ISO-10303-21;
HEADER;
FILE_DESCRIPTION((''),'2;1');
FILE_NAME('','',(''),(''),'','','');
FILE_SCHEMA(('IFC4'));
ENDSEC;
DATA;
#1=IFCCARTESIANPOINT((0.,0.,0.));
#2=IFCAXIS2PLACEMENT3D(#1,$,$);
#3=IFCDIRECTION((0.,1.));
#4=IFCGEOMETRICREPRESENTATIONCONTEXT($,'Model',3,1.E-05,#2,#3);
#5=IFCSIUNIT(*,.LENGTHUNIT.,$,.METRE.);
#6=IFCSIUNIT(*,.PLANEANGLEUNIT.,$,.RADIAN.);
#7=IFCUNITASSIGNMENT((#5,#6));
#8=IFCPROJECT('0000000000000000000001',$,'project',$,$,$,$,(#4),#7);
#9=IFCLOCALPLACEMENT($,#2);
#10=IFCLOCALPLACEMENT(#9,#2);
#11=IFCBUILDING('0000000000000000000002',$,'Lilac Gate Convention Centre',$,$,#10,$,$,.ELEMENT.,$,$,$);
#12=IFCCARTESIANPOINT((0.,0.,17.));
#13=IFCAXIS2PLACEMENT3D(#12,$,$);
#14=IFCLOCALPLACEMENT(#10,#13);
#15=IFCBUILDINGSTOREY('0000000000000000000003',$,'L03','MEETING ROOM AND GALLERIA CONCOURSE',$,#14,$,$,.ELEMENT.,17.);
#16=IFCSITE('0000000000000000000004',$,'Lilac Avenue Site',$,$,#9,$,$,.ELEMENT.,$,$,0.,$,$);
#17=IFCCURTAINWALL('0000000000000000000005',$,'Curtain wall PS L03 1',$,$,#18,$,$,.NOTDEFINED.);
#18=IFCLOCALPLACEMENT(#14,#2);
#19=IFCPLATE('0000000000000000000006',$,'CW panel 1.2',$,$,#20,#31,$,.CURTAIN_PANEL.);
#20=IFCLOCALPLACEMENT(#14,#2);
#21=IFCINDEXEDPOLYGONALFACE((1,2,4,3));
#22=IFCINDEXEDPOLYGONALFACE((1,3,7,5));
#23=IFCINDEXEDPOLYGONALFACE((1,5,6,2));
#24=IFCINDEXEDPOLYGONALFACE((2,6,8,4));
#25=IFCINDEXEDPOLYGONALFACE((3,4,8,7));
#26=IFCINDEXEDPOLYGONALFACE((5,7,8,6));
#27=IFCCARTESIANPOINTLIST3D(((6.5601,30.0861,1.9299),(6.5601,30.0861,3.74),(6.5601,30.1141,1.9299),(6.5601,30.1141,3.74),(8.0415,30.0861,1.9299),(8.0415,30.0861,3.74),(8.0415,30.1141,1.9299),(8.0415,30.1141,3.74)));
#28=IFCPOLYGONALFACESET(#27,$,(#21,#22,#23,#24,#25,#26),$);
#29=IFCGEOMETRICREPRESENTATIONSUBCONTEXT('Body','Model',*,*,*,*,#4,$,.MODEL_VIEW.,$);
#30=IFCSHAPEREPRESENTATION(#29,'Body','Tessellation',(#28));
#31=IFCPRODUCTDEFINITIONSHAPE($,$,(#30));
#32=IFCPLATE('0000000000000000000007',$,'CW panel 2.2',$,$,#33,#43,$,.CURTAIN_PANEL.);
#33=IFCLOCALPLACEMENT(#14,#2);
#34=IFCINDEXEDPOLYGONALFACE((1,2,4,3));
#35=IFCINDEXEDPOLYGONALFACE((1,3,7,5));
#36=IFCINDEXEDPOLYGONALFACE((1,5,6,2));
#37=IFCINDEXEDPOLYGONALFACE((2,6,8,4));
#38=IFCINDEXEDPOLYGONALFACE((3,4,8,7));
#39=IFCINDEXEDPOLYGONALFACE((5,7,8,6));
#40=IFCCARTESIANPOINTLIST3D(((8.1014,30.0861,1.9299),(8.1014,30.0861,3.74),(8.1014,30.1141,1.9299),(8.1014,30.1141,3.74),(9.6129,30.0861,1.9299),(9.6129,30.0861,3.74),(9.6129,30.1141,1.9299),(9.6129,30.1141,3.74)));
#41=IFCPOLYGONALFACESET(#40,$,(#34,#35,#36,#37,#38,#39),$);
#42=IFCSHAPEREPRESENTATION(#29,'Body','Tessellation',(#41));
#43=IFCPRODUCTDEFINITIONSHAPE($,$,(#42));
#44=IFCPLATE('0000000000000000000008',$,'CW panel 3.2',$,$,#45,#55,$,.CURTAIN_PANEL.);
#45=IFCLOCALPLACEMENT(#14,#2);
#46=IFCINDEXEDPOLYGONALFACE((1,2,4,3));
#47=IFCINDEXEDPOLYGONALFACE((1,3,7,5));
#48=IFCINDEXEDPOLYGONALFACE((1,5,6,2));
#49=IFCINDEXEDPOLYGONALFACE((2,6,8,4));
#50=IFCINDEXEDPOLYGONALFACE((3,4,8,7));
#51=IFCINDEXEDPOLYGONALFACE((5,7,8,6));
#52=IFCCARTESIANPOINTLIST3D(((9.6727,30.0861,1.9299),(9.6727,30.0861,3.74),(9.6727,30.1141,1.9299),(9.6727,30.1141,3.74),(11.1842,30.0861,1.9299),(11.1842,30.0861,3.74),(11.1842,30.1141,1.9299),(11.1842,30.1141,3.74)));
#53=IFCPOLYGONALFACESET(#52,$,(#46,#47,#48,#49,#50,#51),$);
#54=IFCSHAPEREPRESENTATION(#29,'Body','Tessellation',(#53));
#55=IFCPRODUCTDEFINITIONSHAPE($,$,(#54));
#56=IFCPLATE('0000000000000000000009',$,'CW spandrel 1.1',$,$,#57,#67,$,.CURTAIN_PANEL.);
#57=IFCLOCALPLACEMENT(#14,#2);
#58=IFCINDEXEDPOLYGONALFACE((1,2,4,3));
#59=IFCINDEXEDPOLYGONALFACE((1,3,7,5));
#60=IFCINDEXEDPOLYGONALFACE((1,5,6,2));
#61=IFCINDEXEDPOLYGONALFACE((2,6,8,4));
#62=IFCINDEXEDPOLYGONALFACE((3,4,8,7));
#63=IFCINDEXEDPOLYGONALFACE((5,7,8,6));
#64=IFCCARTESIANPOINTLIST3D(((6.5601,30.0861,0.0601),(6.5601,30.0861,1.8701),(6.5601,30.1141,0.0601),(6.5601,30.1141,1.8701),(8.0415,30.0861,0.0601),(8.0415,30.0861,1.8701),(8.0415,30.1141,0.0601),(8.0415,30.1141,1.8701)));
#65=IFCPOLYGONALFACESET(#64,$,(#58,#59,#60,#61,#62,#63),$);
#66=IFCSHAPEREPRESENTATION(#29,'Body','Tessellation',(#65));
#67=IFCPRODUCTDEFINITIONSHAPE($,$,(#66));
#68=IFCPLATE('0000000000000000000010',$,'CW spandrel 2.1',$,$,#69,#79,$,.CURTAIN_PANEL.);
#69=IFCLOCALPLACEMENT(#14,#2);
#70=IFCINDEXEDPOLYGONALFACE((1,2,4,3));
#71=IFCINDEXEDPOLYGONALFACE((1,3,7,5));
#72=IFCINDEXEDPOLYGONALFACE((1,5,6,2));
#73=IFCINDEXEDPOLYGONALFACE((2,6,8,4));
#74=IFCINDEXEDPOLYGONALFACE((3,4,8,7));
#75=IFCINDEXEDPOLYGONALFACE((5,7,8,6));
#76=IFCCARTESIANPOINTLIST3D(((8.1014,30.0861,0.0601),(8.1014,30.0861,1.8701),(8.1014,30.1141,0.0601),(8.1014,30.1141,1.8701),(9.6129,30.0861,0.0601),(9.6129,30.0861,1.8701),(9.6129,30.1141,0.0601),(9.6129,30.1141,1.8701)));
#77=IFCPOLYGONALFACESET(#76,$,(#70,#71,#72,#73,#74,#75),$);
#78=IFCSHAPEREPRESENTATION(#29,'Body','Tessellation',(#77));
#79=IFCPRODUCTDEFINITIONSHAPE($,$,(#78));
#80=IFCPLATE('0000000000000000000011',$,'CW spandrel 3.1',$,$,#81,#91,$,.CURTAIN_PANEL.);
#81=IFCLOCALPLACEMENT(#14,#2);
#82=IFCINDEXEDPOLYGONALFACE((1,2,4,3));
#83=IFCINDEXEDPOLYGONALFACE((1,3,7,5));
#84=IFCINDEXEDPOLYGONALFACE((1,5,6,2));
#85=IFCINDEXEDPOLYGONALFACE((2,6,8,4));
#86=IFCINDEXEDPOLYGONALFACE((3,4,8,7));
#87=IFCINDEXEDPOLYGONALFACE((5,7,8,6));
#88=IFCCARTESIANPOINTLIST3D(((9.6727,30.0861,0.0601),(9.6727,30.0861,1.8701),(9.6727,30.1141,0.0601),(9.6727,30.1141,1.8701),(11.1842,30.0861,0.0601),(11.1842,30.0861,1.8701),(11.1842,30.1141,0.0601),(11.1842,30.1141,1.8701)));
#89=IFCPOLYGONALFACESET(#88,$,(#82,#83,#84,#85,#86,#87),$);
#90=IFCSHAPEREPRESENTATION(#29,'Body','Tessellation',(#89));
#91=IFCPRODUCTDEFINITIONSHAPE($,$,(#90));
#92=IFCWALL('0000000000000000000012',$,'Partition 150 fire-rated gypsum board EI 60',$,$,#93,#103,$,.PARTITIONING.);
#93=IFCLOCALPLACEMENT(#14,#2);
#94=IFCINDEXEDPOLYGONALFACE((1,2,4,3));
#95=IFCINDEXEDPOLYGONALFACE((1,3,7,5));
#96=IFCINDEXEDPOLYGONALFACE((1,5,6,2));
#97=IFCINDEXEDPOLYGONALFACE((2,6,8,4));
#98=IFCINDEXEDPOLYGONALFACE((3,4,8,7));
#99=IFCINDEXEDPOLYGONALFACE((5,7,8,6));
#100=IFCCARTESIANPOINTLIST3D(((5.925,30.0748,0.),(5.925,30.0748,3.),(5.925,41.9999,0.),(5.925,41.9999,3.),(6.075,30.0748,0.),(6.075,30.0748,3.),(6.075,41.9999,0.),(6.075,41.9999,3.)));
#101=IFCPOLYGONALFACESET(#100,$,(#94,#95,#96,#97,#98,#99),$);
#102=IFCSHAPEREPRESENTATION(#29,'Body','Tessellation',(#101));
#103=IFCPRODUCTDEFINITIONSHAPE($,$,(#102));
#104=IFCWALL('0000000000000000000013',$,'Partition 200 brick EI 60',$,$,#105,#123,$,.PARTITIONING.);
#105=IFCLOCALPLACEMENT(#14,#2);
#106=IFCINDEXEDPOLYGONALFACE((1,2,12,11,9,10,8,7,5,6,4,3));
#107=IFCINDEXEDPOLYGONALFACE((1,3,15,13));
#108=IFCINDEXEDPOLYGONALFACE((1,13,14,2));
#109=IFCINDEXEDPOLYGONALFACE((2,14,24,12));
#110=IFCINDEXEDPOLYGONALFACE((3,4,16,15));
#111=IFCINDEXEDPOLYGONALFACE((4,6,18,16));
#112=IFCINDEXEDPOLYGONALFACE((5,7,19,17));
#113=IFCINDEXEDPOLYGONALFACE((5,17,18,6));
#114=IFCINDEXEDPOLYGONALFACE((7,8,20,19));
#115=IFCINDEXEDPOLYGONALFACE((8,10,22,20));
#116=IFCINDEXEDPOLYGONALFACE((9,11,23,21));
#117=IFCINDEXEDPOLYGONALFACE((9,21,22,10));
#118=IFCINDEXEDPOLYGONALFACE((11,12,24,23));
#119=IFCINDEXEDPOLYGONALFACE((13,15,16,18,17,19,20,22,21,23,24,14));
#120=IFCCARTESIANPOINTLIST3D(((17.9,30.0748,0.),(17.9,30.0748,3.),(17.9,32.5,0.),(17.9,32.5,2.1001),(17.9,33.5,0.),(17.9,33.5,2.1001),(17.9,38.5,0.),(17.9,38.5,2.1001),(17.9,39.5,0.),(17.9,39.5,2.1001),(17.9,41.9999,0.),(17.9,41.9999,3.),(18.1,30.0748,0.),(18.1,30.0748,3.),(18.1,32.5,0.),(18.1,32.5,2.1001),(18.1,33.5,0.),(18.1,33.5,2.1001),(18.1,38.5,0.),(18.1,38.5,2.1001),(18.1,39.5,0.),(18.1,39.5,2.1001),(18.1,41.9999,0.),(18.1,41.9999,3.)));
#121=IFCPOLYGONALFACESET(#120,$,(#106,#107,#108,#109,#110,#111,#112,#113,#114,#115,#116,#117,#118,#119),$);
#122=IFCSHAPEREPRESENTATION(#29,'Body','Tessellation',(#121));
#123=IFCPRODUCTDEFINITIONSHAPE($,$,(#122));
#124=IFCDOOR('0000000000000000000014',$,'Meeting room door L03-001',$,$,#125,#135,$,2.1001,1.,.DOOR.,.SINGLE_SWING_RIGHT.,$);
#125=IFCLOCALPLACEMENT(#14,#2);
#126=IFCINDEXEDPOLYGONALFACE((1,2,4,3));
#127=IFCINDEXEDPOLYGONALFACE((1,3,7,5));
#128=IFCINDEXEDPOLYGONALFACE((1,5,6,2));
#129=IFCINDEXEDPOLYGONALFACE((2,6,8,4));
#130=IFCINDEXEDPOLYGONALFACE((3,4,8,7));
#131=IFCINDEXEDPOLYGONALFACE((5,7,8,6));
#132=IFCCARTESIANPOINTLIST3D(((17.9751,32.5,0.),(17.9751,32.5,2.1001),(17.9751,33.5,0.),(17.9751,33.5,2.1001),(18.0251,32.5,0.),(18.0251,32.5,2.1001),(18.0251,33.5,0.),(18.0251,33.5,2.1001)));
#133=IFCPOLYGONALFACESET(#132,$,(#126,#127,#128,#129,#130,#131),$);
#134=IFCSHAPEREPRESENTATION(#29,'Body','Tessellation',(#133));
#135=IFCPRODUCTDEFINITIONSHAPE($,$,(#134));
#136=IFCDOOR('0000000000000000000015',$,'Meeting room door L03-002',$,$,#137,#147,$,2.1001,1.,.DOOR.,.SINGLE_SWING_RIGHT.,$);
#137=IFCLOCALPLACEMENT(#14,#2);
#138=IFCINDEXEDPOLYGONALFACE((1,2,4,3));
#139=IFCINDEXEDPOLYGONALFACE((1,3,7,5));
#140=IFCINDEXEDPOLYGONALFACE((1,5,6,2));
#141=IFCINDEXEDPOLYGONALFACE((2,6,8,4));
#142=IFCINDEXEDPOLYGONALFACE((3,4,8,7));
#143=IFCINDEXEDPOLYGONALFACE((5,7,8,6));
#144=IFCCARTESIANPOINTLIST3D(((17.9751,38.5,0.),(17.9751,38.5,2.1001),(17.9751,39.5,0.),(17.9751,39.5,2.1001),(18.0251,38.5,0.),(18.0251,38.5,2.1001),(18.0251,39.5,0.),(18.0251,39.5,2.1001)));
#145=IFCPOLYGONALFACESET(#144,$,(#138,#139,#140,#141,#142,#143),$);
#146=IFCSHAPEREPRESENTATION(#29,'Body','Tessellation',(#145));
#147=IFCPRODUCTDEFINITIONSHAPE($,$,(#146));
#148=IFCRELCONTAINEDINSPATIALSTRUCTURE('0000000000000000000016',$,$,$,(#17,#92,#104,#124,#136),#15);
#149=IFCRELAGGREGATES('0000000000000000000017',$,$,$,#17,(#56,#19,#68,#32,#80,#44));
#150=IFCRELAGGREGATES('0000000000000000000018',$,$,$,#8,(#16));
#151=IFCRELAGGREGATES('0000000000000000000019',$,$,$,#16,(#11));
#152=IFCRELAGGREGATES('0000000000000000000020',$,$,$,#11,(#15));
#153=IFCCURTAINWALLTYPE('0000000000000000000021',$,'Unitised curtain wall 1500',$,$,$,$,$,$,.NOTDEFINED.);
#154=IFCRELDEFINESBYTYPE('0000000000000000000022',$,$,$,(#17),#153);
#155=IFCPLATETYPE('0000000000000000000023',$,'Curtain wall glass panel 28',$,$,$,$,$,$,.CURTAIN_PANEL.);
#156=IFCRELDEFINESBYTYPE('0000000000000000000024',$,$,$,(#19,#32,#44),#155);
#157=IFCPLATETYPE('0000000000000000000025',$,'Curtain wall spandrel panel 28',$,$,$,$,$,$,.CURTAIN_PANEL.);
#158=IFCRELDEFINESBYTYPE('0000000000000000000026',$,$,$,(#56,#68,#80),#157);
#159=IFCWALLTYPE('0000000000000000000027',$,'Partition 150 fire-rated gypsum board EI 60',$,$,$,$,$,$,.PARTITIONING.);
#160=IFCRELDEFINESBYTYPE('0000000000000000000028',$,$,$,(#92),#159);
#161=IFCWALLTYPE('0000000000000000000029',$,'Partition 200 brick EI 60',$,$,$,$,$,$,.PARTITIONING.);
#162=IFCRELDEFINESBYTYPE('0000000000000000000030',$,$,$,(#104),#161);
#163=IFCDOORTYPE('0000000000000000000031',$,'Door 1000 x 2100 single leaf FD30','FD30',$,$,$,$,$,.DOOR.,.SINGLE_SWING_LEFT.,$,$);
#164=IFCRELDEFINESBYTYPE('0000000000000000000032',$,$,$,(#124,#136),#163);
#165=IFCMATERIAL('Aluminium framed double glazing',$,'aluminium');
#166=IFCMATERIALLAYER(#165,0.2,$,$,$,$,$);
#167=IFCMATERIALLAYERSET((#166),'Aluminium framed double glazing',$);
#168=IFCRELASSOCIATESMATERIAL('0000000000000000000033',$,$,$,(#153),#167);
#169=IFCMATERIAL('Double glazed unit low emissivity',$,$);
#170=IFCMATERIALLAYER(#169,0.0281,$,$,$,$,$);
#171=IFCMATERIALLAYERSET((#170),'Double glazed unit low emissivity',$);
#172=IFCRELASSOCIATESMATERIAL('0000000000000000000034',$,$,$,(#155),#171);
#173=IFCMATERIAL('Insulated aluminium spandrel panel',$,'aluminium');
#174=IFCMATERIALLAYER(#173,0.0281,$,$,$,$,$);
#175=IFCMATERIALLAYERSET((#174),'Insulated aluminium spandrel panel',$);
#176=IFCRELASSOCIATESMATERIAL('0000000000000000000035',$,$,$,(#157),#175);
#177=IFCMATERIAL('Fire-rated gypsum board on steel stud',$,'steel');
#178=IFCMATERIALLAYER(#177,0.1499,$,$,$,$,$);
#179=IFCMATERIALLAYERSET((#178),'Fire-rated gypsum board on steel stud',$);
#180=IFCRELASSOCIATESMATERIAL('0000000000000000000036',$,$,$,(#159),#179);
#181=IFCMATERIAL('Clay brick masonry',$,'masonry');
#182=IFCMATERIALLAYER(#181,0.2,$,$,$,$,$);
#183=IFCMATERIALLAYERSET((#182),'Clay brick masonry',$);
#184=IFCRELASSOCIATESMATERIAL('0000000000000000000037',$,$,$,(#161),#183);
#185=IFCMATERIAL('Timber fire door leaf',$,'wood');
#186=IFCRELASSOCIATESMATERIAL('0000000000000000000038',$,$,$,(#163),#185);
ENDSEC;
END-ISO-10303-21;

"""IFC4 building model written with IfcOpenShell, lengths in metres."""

from ifc_helpers import new_model, si_unit, direction, frame, frame_2d, origin, origin_2d, place, context, subcontext, project, spatial, rectangle, extrude, material, layer, layer_set, type_object, element, fill, aggregate, save


model = new_model("IFC4")

# Units and contexts
model_context = context("Model", 3, precision=1e-05, world=origin(), true_north=direction((0.0, 1.0)))
body_context = subcontext(model_context, "Body", "Model", "MODEL_VIEW")
ifc_project = project(units=[si_unit("LENGTHUNIT", "METRE"), si_unit("PLANEANGLEUNIT", "RADIAN")], contexts=[model_context])

# Site, building, storey
site_placement = place(None, origin())
site = spatial("IfcSite", under=ifc_project, at=site_placement, Name="Lilac Avenue Site", CompositionType="ELEMENT", RefElevation=0.0)
building_placement = place(site_placement, origin())
building = spatial("IfcBuilding", under=site, at=building_placement, Name="Lilac Gate Convention Centre", CompositionType="ELEMENT")
storey_placement = place(building_placement, frame((0.0, 0.0, 17.0)))
storey = spatial("IfcBuildingStorey", under=building, at=storey_placement, Name="L03", Description="MEETING ROOM AND GALLERIA CONCOURSE", CompositionType="ELEMENT", Elevation=17.0)

# Curtain wall
ifc_material_1 = material(Name="Aluminium framed double glazing", Category="aluminium")
ifc_layer_1 = layer(ifc_material_1, 0.2)
ifc_layer_set_1 = layer_set([ifc_layer_1], Name="Aluminium framed double glazing")
curtain_wall_type = type_object("IfcCurtainWallType", Name="Unitised curtain wall 1500", PredefinedType="NOTDEFINED", material=ifc_layer_set_1)
curtain_wall_1_placement = place(storey_placement, origin())
curtain_wall_1 = element("IfcCurtainWall", 1, at=curtain_wall_1_placement, inside=storey, type_object=curtain_wall_type, Name="Curtain wall PS L03 1", PredefinedType="NOTDEFINED")

# Plates
ifc_material_2 = material(Name="Double glazed unit low emissivity")
ifc_layer_2 = layer(ifc_material_2, 0.0281)
ifc_layer_set_2 = layer_set([ifc_layer_2], Name="Double glazed unit low emissivity")
plate_type_1 = type_object("IfcPlateType", Name="Curtain wall glass panel 28", PredefinedType="CURTAIN_PANEL", material=ifc_layer_set_2)
plate_1_placement = place(storey_placement, frame((7.3008, 30.1001, 1.9299), z_axis=(0.0, 0.0, 1.0), x_axis=(1.0, 0.0, 0.0)))
plate_1 = element("IfcPlate", 2, at=plate_1_placement, type_object=plate_type_1, Name="CW panel 1.2", PredefinedType="CURTAIN_PANEL", context=body_context, shape_type="SweptSolid", body=[
    extrude(rectangle(XDim=1.4814, YDim=0.0281, at=origin_2d()), origin(), (0.0, 0.0, 1.0), 1.8101),
])
plate_2_placement = place(storey_placement, frame((8.8572, 30.1001, 1.9299), z_axis=(0.0, 0.0, 1.0), x_axis=(1.0, 0.0, 0.0)))
plate_2 = element("IfcPlate", 3, at=plate_2_placement, type_object=plate_type_1, Name="CW panel 2.2", PredefinedType="CURTAIN_PANEL", context=body_context, shape_type="SweptSolid", body=[
    extrude(rectangle(XDim=1.5115, YDim=0.0281, at=origin_2d()), origin(), (0.0, 0.0, 1.0), 1.8101),
])
plate_3_placement = place(storey_placement, frame((10.4285, 30.1001, 1.9299), z_axis=(0.0, 0.0, 1.0), x_axis=(1.0, 0.0, 0.0)))
plate_3 = element("IfcPlate", 4, at=plate_3_placement, type_object=plate_type_1, Name="CW panel 3.2", PredefinedType="CURTAIN_PANEL", context=body_context, shape_type="SweptSolid", body=[
    extrude(rectangle(XDim=1.5115, YDim=0.0281, at=origin_2d()), origin(), (0.0, 0.0, 1.0), 1.8101),
])
ifc_material_3 = material(Name="Insulated aluminium spandrel panel", Category="aluminium")
ifc_layer_3 = layer(ifc_material_3, 0.0281)
ifc_layer_set_3 = layer_set([ifc_layer_3], Name="Insulated aluminium spandrel panel")
plate_type_2 = type_object("IfcPlateType", Name="Curtain wall spandrel panel 28", PredefinedType="CURTAIN_PANEL", material=ifc_layer_set_3)
plate_4_placement = place(storey_placement, frame((7.3008, 30.1001, 0.0601), z_axis=(0.0, 0.0, 1.0), x_axis=(1.0, 0.0, 0.0)))
plate_4 = element("IfcPlate", 5, at=plate_4_placement, type_object=plate_type_2, Name="CW spandrel 1.1", PredefinedType="CURTAIN_PANEL", context=body_context, shape_type="SweptSolid", body=[
    extrude(rectangle(XDim=1.4814, YDim=0.0281, at=origin_2d()), origin(), (0.0, 0.0, 1.0), 1.8101),
])
plate_5_placement = place(storey_placement, frame((8.8572, 30.1001, 0.0601), z_axis=(0.0, 0.0, 1.0), x_axis=(1.0, 0.0, 0.0)))
plate_5 = element("IfcPlate", 6, at=plate_5_placement, type_object=plate_type_2, Name="CW spandrel 2.1", PredefinedType="CURTAIN_PANEL", context=body_context, shape_type="SweptSolid", body=[
    extrude(rectangle(XDim=1.5115, YDim=0.0281, at=origin_2d()), origin(), (0.0, 0.0, 1.0), 1.8101),
])
plate_6_placement = place(storey_placement, frame((10.4285, 30.1001, 0.0601), z_axis=(0.0, 0.0, 1.0), x_axis=(1.0, 0.0, 0.0)))
plate_6 = element("IfcPlate", 7, at=plate_6_placement, type_object=plate_type_2, Name="CW spandrel 3.1", PredefinedType="CURTAIN_PANEL", context=body_context, shape_type="SweptSolid", body=[
    extrude(rectangle(XDim=1.5115, YDim=0.0281, at=origin_2d()), origin(), (0.0, 0.0, 1.0), 1.8101),
])
aggregate(curtain_wall_1, [plate_4, plate_1, plate_5, plate_2, plate_6, plate_3])

# Wall
ifc_material_4 = material(Name="Fire-rated gypsum board on steel stud", Category="steel")
ifc_layer_4 = layer(ifc_material_4, 0.1499)
ifc_layer_set_4 = layer_set([ifc_layer_4], Name="Fire-rated gypsum board on steel stud")
wall_type_1 = type_object("IfcWallType", Name="Partition 150 fire-rated gypsum board EI 60", PredefinedType="PARTITIONING", material=ifc_layer_set_4)
wall_1_placement = place(storey_placement, frame((6.0, 30.075, 0.0), z_axis=(0.0, 0.0, 1.0), x_axis=(0.0, 1.0, 0.0)))
element("IfcWall", 8, at=wall_1_placement, inside=storey, type_object=wall_type_1, Name="Partition 150 fire-rated gypsum board EI 60", PredefinedType="PARTITIONING", context=body_context, shape_type="SweptSolid", body=[
    extrude(rectangle(XDim=11.925, YDim=0.1499, at=frame_2d((5.9624, 0.0))), origin(), (0.0, 0.0, 1.0), 3.0),
])

# Wall, openings, doors
ifc_material_5 = material(Name="Clay brick masonry", Category="masonry")
ifc_layer_5 = layer(ifc_material_5, 0.2)
ifc_layer_set_5 = layer_set([ifc_layer_5], Name="Clay brick masonry")
wall_type_2 = type_object("IfcWallType", Name="Partition 200 brick EI 60", PredefinedType="PARTITIONING", material=ifc_layer_set_5)
wall_2_placement = place(storey_placement, frame((18.0, 30.075, 0.0), z_axis=(0.0, 0.0, 1.0), x_axis=(0.0, 1.0, 0.0)))
wall_2 = element("IfcWall", 9, at=wall_2_placement, inside=storey, type_object=wall_type_2, Name="Partition 200 brick EI 60", PredefinedType="PARTITIONING", context=body_context, shape_type="SweptSolid", body=[
    extrude(rectangle(XDim=11.925, YDim=0.2, at=frame_2d((5.9624, 0.0))), origin(), (0.0, 0.0, 1.0), 3.0),
])
opening_1_placement = place(wall_2_placement, frame((2.425, 0.0, 0.0)))
opening_1 = element("IfcOpeningElement", 10, at=opening_1_placement, cuts=wall_2, PredefinedType="OPENING", context=body_context, shape_type="SweptSolid", body=[
    extrude(rectangle(XDim=1.0, YDim=2.1001, at=frame_2d((0.5, 1.05))), frame((0.0, 0.1099, 0.0), z_axis=(0.0, -1.0, 0.0), x_axis=(1.0, 0.0, 0.0)), (0.0, 0.0, 1.0), 0.22),
])
opening_2_placement = place(wall_2_placement, frame((8.425, 0.0, 0.0)))
opening_2 = element("IfcOpeningElement", 11, at=opening_2_placement, cuts=wall_2, PredefinedType="OPENING", context=body_context, shape_type="SweptSolid", body=[
    extrude(rectangle(XDim=1.0, YDim=2.1001, at=frame_2d((0.5, 1.05))), frame((0.0, 0.1099, 0.0), z_axis=(0.0, -1.0, 0.0), x_axis=(1.0, 0.0, 0.0)), (0.0, 0.0, 1.0), 0.22),
])
ifc_material_6 = material(Name="Timber fire door leaf", Category="wood")
door_type = type_object("IfcDoorType", Name="Door 1000 x 2100 single leaf FD30", Description="FD30", OperationType="SINGLE_SWING_LEFT", PredefinedType="DOOR", material=ifc_material_6)
door_1_placement = place(opening_1_placement, origin())
door_1 = element("IfcDoor", 12, at=door_1_placement, inside=storey, type_object=door_type, Name="Meeting room door L03-001", OperationType="SINGLE_SWING_RIGHT", OverallHeight=2.1001, OverallWidth=1.0, PredefinedType="DOOR", context=body_context, shape_type="SweptSolid", body=[
    extrude(rectangle(XDim=1.0, YDim=2.1001, at=frame_2d((0.5, 1.05))), frame((0.0, 0.0249, 0.0), z_axis=(0.0, -1.0, 0.0), x_axis=(1.0, 0.0, 0.0)), (0.0, 0.0, 1.0), 0.05),
])
fill(opening_1, door_1)
door_2_placement = place(opening_2_placement, origin())
door_2 = element("IfcDoor", 13, at=door_2_placement, inside=storey, type_object=door_type, Name="Meeting room door L03-002", OperationType="SINGLE_SWING_RIGHT", OverallHeight=2.1001, OverallWidth=1.0, PredefinedType="DOOR", context=body_context, shape_type="SweptSolid", body=[
    extrude(rectangle(XDim=1.0, YDim=2.1001, at=frame_2d((0.5, 1.05))), frame((0.0, 0.0249, 0.0), z_axis=(0.0, -1.0, 0.0), x_axis=(1.0, 0.0, 0.0)), (0.0, 0.0, 1.0), 0.05),
])
fill(opening_2, door_2)

save(model, "model.ifc")
